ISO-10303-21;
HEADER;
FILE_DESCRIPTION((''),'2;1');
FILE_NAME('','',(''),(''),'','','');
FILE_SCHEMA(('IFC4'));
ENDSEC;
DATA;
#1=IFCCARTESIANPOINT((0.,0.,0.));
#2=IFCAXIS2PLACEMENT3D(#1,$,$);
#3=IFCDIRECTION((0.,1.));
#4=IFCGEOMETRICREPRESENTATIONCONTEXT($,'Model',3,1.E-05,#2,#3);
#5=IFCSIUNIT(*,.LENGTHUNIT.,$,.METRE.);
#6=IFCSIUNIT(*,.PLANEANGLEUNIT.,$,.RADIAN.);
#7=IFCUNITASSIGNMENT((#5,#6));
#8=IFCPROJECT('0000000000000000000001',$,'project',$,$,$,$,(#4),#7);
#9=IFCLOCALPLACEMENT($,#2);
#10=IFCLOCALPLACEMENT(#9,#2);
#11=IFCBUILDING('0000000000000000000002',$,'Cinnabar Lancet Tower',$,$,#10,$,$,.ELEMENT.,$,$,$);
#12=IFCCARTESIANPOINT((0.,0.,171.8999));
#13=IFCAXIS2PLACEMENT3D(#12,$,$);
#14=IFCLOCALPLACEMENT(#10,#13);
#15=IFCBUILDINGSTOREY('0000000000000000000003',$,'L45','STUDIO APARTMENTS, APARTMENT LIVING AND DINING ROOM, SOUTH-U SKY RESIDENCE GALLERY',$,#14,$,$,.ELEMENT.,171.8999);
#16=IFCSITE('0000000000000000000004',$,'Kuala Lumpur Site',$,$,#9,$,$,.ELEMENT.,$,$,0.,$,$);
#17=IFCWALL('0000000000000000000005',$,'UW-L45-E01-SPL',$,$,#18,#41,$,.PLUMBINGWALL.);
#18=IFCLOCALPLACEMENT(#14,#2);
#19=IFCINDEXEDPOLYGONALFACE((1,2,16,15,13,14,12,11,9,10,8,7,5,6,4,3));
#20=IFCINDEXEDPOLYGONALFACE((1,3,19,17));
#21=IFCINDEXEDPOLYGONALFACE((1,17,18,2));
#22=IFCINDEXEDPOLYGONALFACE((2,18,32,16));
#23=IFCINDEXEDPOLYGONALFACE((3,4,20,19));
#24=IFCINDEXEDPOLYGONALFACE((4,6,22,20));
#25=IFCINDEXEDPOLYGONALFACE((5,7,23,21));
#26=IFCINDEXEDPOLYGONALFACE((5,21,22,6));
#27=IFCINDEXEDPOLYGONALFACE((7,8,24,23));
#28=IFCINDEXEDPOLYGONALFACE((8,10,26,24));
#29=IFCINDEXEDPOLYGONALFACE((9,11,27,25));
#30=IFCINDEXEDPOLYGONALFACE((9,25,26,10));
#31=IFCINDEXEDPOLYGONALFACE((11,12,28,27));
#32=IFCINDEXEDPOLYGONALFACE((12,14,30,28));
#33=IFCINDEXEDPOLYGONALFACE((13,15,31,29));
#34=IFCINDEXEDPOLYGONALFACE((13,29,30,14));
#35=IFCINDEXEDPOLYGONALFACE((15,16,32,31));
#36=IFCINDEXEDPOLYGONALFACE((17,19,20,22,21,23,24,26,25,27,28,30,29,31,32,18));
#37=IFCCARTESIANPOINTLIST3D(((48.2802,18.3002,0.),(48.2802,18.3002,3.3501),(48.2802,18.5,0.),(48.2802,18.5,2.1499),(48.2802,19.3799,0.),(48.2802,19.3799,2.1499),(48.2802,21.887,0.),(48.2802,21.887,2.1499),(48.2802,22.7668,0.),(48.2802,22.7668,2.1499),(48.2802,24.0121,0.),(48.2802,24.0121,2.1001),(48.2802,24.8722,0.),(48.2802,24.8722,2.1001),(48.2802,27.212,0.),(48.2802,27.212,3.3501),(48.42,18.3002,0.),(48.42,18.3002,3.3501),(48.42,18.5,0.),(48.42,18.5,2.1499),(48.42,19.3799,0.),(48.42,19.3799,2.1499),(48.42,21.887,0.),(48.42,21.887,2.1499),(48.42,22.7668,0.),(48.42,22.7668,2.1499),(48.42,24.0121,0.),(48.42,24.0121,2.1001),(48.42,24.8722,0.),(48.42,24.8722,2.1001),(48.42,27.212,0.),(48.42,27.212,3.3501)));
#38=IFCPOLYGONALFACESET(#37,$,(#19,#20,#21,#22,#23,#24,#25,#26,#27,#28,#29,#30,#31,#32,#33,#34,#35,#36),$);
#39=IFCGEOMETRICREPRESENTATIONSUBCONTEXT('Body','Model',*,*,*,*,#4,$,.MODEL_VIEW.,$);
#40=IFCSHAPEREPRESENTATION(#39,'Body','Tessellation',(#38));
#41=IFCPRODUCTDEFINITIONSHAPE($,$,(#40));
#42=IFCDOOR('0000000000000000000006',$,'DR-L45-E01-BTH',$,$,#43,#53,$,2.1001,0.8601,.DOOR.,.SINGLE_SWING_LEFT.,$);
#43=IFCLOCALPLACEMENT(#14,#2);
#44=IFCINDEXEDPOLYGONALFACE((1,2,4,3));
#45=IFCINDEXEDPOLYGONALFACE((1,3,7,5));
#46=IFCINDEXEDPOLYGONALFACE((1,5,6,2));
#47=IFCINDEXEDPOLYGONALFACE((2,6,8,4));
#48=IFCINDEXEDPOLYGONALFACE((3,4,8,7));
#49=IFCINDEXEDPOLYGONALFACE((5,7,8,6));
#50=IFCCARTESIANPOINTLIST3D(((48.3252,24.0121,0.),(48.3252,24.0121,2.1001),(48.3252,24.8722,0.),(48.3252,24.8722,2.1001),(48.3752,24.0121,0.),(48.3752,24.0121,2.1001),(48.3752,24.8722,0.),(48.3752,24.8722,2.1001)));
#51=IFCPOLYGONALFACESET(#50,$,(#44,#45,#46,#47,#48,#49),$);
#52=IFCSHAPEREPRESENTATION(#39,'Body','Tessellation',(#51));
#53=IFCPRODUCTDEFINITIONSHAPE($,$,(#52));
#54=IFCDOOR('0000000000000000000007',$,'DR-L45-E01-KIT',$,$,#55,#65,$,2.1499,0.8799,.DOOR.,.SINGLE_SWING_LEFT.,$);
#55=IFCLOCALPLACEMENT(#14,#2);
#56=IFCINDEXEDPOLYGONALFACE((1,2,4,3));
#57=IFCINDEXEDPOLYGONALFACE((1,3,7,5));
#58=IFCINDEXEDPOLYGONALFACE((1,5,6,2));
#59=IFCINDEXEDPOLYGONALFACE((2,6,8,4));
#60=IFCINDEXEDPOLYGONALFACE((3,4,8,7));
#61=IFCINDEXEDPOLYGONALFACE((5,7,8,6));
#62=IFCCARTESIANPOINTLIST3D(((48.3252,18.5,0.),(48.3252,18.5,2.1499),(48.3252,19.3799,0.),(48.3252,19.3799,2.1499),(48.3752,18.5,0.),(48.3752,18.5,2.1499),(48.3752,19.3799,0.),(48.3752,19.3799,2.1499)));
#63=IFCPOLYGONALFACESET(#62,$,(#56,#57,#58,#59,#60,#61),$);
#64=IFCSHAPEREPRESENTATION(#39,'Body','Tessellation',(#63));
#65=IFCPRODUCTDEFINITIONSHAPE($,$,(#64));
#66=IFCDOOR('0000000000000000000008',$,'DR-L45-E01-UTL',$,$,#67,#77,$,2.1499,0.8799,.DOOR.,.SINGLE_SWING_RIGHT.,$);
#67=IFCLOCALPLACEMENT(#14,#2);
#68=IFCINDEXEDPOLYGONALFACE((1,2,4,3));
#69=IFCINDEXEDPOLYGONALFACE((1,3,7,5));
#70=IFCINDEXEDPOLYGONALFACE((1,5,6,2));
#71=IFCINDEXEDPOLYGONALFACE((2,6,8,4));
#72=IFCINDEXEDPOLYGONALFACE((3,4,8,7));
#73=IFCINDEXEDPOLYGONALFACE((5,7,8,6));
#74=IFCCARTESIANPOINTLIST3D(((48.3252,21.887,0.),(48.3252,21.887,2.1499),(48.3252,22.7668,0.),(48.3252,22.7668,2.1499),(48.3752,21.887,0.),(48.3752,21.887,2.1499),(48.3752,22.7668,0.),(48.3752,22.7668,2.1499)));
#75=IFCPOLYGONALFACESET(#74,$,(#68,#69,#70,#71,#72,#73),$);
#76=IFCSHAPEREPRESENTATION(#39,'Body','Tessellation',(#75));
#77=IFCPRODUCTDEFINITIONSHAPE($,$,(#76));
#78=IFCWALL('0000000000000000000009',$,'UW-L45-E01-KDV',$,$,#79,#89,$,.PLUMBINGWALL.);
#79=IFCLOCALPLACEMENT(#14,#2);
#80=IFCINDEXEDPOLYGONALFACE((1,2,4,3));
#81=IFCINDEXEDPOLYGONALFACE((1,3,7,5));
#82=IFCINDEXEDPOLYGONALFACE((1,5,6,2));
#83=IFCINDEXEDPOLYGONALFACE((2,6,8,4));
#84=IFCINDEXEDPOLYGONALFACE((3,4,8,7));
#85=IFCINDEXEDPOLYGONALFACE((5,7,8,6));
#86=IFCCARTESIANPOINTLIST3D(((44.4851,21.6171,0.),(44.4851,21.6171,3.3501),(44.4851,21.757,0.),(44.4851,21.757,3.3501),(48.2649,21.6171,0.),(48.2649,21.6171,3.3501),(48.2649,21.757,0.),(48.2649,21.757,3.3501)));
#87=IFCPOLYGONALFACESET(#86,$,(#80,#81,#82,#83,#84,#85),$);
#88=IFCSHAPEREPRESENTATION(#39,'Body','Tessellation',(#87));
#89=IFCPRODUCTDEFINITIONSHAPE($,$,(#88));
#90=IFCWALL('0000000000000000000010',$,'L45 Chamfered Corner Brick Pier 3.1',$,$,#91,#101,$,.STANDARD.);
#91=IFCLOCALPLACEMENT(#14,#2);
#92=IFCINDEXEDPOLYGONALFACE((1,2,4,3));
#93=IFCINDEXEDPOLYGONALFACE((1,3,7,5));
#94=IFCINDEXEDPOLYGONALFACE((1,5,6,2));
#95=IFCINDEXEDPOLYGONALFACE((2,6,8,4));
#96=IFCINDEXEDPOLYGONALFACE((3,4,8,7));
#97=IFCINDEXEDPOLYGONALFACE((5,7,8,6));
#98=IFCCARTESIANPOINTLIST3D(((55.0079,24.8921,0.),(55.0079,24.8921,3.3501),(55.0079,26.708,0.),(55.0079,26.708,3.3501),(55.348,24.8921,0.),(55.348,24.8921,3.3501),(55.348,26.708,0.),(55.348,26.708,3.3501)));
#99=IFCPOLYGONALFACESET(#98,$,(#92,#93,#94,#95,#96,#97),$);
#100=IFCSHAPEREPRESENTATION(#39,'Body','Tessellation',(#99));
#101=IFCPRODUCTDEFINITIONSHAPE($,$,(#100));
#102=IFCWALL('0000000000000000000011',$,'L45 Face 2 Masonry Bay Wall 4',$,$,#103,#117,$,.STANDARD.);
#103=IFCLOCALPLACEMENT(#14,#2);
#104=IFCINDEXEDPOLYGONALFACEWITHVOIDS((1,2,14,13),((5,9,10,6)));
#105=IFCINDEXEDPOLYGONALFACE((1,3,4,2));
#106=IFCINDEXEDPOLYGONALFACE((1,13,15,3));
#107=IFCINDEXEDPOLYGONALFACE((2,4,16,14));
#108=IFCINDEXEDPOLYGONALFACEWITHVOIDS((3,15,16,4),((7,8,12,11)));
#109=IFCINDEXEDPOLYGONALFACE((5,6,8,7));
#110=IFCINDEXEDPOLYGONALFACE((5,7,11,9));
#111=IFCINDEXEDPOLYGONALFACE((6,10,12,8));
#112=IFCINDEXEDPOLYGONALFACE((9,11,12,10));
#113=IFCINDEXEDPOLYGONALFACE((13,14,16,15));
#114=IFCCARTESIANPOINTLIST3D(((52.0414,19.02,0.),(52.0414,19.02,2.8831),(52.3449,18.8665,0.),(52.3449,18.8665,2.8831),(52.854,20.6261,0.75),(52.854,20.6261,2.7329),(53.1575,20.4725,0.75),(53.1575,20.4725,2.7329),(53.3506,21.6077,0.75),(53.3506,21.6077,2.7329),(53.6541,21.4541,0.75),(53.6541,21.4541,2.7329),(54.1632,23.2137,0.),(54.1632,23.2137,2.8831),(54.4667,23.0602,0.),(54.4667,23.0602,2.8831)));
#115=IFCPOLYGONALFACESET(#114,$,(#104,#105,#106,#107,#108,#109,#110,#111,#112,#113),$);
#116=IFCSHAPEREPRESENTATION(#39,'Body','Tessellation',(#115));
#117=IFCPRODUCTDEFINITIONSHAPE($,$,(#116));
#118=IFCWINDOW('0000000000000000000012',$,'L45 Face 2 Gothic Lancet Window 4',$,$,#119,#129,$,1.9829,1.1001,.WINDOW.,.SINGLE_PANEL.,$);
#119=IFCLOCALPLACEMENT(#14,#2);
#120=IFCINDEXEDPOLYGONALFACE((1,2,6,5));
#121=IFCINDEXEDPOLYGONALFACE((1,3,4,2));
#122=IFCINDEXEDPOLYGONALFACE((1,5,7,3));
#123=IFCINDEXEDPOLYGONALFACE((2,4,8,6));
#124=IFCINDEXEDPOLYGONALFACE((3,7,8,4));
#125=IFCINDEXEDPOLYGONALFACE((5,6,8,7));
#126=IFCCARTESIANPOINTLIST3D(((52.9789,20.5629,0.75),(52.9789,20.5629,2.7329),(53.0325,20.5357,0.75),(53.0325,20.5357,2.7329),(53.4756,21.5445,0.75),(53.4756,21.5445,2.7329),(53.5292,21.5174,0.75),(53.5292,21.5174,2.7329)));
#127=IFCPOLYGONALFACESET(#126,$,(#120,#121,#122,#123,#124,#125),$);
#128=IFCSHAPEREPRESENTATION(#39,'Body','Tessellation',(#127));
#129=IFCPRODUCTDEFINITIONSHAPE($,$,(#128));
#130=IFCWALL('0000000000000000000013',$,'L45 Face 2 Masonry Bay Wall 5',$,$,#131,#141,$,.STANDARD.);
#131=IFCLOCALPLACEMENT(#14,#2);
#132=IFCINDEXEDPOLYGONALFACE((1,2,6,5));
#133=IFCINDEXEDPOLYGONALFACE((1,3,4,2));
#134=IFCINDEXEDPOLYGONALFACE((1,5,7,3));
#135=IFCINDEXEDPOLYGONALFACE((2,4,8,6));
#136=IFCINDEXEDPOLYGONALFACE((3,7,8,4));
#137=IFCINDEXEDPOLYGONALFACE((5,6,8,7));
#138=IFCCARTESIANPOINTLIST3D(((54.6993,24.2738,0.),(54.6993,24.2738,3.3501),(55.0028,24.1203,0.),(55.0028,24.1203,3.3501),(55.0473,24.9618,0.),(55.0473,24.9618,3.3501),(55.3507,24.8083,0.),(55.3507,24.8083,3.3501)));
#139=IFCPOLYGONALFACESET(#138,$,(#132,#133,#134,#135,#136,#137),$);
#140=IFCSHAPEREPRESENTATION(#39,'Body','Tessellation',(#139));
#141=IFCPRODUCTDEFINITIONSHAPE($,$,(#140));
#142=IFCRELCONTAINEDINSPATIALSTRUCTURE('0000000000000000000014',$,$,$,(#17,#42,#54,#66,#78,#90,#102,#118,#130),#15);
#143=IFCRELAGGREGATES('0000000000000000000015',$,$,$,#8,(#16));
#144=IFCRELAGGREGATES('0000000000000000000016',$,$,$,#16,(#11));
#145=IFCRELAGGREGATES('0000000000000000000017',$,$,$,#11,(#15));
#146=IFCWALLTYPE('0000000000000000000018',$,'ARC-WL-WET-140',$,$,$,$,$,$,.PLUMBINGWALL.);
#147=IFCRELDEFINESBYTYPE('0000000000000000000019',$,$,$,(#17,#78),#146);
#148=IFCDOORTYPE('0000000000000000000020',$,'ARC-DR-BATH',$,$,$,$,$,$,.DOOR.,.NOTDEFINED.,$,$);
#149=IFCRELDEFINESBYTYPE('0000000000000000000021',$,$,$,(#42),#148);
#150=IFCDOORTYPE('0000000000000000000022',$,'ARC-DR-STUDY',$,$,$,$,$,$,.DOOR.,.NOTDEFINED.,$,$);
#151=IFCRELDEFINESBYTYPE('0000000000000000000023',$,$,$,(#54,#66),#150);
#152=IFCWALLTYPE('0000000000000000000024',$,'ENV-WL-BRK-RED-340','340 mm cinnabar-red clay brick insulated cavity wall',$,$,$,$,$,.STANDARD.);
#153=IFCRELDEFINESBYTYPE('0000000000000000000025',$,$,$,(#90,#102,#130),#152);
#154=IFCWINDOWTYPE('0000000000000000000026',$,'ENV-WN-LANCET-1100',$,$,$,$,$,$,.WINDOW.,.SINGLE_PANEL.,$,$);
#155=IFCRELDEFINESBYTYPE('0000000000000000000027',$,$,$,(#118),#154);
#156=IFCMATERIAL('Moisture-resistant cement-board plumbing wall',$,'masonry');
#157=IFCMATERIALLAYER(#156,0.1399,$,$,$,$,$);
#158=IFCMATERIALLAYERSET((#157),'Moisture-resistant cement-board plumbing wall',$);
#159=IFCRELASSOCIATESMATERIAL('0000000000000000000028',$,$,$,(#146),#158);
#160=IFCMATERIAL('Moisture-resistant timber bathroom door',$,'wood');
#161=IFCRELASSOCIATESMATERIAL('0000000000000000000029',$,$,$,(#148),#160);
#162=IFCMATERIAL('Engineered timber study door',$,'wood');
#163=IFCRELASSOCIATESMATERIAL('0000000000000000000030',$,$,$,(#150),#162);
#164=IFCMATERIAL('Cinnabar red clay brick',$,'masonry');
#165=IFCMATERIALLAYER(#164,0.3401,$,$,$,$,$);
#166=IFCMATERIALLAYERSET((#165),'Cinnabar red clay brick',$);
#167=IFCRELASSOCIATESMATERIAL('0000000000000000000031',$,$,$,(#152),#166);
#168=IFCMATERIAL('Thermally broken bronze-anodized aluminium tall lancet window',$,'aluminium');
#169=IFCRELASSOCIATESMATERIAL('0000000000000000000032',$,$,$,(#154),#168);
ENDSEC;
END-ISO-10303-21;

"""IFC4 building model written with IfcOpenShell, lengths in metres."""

from ifc_helpers import new_model, si_unit, direction, frame, frame_2d, origin, place, context, subcontext, project, spatial, rectangle, extrude, material, layer, layer_set, type_object, element, fill, save


model = new_model("IFC4")

# Units and contexts
model_context = context("Model", 3, precision=1e-05, world=origin(), true_north=direction((0.0, 1.0)))
body_context = subcontext(model_context, "Body", "Model", "MODEL_VIEW")
ifc_project = project(units=[si_unit("LENGTHUNIT", "METRE"), si_unit("PLANEANGLEUNIT", "RADIAN")], contexts=[model_context])

# Site, building, storey
site_placement = place(None, origin())
site = spatial("IfcSite", under=ifc_project, at=site_placement, Name="Kuala Lumpur Site", CompositionType="ELEMENT", RefElevation=0.0)
building_placement = place(site_placement, origin())
building = spatial("IfcBuilding", under=site, at=building_placement, Name="Cinnabar Lancet Tower", CompositionType="ELEMENT")
storey_placement = place(building_placement, frame((0.0, 0.0, 171.8999)))
storey = spatial("IfcBuildingStorey", under=building, at=storey_placement, Name="L45", Description="STUDIO APARTMENTS, APARTMENT LIVING AND DINING ROOM, SOUTH-U SKY RESIDENCE GALLERY", CompositionType="ELEMENT", Elevation=171.8999)

# Wall, openings, doors
ifc_material_1 = material(Name="Moisture-resistant cement-board plumbing wall", Category="masonry")
ifc_layer_1 = layer(ifc_material_1, 0.1399)
ifc_layer_set_1 = layer_set([ifc_layer_1], Name="Moisture-resistant cement-board plumbing wall")
wall_type_1 = type_object("IfcWallType", Name="ARC-WL-WET-140", PredefinedType="PLUMBINGWALL", material=ifc_layer_set_1)
wall_1_placement = place(storey_placement, frame((48.3501, 18.3, 0.0), z_axis=(0.0, 0.0, 1.0), x_axis=(0.0, 1.0, 0.0)))
wall_1 = element("IfcWall", 1, at=wall_1_placement, inside=storey, type_object=wall_type_1, Name="UW-L45-E01-SPL", PredefinedType="PLUMBINGWALL", context=body_context, shape_type="SweptSolid", body=[
    extrude(rectangle(XDim=8.9119, YDim=0.1399, at=frame_2d((4.4561, 0.0))), origin(), (0.0, 0.0, 1.0), 3.3501),
])
opening_1_placement = place(wall_1_placement, frame((0.2, 0.0, 0.0)))
opening_1 = element("IfcOpeningElement", 2, at=opening_1_placement, cuts=wall_1, PredefinedType="OPENING", context=body_context, shape_type="SweptSolid", body=[
    extrude(rectangle(XDim=0.8799, YDim=2.1499, at=frame_2d((0.4399, 1.075))), frame((0.0, 0.0798, 0.0), z_axis=(0.0, -1.0, 0.0), x_axis=(1.0, 0.0, 0.0)), (0.0, 0.0, 1.0), 0.1599),
])
opening_2_placement = place(wall_1_placement, frame((3.5869, 0.0, 0.0)))
opening_2 = element("IfcOpeningElement", 3, at=opening_2_placement, cuts=wall_1, PredefinedType="OPENING", context=body_context, shape_type="SweptSolid", body=[
    extrude(rectangle(XDim=0.8799, YDim=2.1499, at=frame_2d((0.4399, 1.075))), frame((0.0, 0.0798, 0.0), z_axis=(0.0, -1.0, 0.0), x_axis=(1.0, 0.0, 0.0)), (0.0, 0.0, 1.0), 0.1599),
])
opening_3_placement = place(wall_1_placement, frame((5.7119, 0.0, 0.0)))
opening_3 = element("IfcOpeningElement", 4, at=opening_3_placement, cuts=wall_1, PredefinedType="OPENING", context=body_context, shape_type="SweptSolid", body=[
    extrude(rectangle(XDim=0.8601, YDim=2.1001, at=frame_2d((0.4302, 1.05))), frame((0.0, 0.0798, 0.0), z_axis=(0.0, -1.0, 0.0), x_axis=(1.0, 0.0, 0.0)), (0.0, 0.0, 1.0), 0.1599),
])
ifc_material_2 = material(Name="Moisture-resistant timber bathroom door", Category="wood")
door_type_1 = type_object("IfcDoorType", Name="ARC-DR-BATH", OperationType="NOTDEFINED", PredefinedType="DOOR", material=ifc_material_2)
door_1_placement = place(opening_3_placement, origin())
door_1 = element("IfcDoor", 5, at=door_1_placement, inside=storey, type_object=door_type_1, Name="DR-L45-E01-BTH", OperationType="SINGLE_SWING_LEFT", OverallHeight=2.1001, OverallWidth=0.8601, PredefinedType="DOOR", context=body_context, shape_type="SweptSolid", body=[
    extrude(rectangle(XDim=0.8601, YDim=2.1001, at=frame_2d((0.4302, 1.05))), frame((0.0, 0.0249, 0.0), z_axis=(0.0, -1.0, 0.0), x_axis=(1.0, 0.0, 0.0)), (0.0, 0.0, 1.0), 0.05),
])
fill(opening_3, door_1)
ifc_material_3 = material(Name="Engineered timber study door", Category="wood")
door_type_2 = type_object("IfcDoorType", Name="ARC-DR-STUDY", OperationType="NOTDEFINED", PredefinedType="DOOR", material=ifc_material_3)
door_2_placement = place(opening_1_placement, origin())
door_2 = element("IfcDoor", 6, at=door_2_placement, inside=storey, type_object=door_type_2, Name="DR-L45-E01-KIT", OperationType="SINGLE_SWING_LEFT", OverallHeight=2.1499, OverallWidth=0.8799, PredefinedType="DOOR", context=body_context, shape_type="SweptSolid", body=[
    extrude(rectangle(XDim=0.8799, YDim=2.1499, at=frame_2d((0.4399, 1.075))), frame((0.0, 0.0249, 0.0), z_axis=(0.0, -1.0, 0.0), x_axis=(1.0, 0.0, 0.0)), (0.0, 0.0, 1.0), 0.05),
])
fill(opening_1, door_2)
door_3_placement = place(opening_2_placement, origin())
door_3 = element("IfcDoor", 7, at=door_3_placement, inside=storey, type_object=door_type_2, Name="DR-L45-E01-UTL", OperationType="SINGLE_SWING_RIGHT", OverallHeight=2.1499, OverallWidth=0.8799, PredefinedType="DOOR", context=body_context, shape_type="SweptSolid", body=[
    extrude(rectangle(XDim=0.8799, YDim=2.1499, at=frame_2d((0.4399, 1.075))), frame((0.0, 0.0249, 0.0), z_axis=(0.0, -1.0, 0.0), x_axis=(1.0, 0.0, 0.0)), (0.0, 0.0, 1.0), 0.05),
])
fill(opening_2, door_3)

# Walls
wall_2_placement = place(storey_placement, frame((44.4851, 21.687, 0.0), z_axis=(0.0, 0.0, 1.0), x_axis=(1.0, 0.0, 0.0)))
element("IfcWall", 8, at=wall_2_placement, inside=storey, type_object=wall_type_1, Name="UW-L45-E01-KDV", PredefinedType="PLUMBINGWALL", context=body_context, shape_type="SweptSolid", body=[
    extrude(rectangle(XDim=3.7798, YDim=0.1399, at=frame_2d((1.8899, 0.0))), origin(), (0.0, 0.0, 1.0), 3.3501),
])
ifc_material_4 = material(Name="Cinnabar red clay brick", Category="masonry")
ifc_layer_2 = layer(ifc_material_4, 0.3401)
ifc_layer_set_2 = layer_set([ifc_layer_2], Name="Cinnabar red clay brick")
wall_type_2 = type_object("IfcWallType", Name="ENV-WL-BRK-RED-340", Description="340 mm cinnabar-red clay brick insulated cavity wall", PredefinedType="STANDARD", material=ifc_layer_set_2)
wall_3_placement = place(storey_placement, frame((55.178, 24.8921, 0.0), z_axis=(0.0, 0.0, 1.0), x_axis=(0.0, 1.0, 0.0)))
element("IfcWall", 9, at=wall_3_placement, inside=storey, type_object=wall_type_2, Name="L45 Chamfered Corner Brick Pier 3.1", PredefinedType="STANDARD", context=body_context, shape_type="SweptSolid", body=[
    extrude(rectangle(XDim=1.8159, YDim=0.3401, at=frame_2d((0.908, 0.0))), origin(), (0.0, 0.0, 1.0), 3.3501),
])

# Wall, opening, window
wall_4_placement = place(storey_placement, frame((52.1931, 18.9431, 0.0), z_axis=(0.0, 0.0, 1.0), x_axis=(0.451447, 0.892298, 0.0)))
wall_4 = element("IfcWall", 10, at=wall_4_placement, inside=storey, type_object=wall_type_2, Name="L45 Face 2 Masonry Bay Wall 4", PredefinedType="STANDARD", context=body_context, shape_type="SweptSolid", body=[
    extrude(rectangle(XDim=4.7, YDim=0.3401, at=frame_2d((2.3501, 0.0))), origin(), (0.0, 0.0, 1.0), 2.8831),
])
opening_4_placement = place(wall_4_placement, frame((1.8, 0.0, 0.75)))
opening_4 = element("IfcOpeningElement", 11, at=opening_4_placement, cuts=wall_4, PredefinedType="OPENING", context=body_context, shape_type="SweptSolid", body=[
    extrude(rectangle(XDim=1.1001, YDim=1.9829, at=frame_2d((0.55, 0.9915))), frame((0.0, 0.1799, 0.0), z_axis=(0.0, -1.0, 0.0), x_axis=(1.0, 0.0, 0.0)), (0.0, 0.0, 1.0), 0.3601),
])
ifc_material_5 = material(Name="Thermally broken bronze-anodized aluminium tall lancet window", Category="aluminium")
window_type = type_object("IfcWindowType", Name="ENV-WN-LANCET-1100", PartitioningType="SINGLE_PANEL", PredefinedType="WINDOW", material=ifc_material_5)
window_placement = place(opening_4_placement, origin())
window = element("IfcWindow", 12, at=window_placement, inside=storey, type_object=window_type, Name="L45 Face 2 Gothic Lancet Window 4", OverallHeight=1.9829, OverallWidth=1.1001, PartitioningType="SINGLE_PANEL", PredefinedType="WINDOW", context=body_context, shape_type="SweptSolid", body=[
    extrude(rectangle(XDim=1.1001, YDim=1.9829, at=frame_2d((0.55, 0.9915))), frame((0.0, 0.03, 0.0), z_axis=(0.0, -1.0, 0.0), x_axis=(1.0, 0.0, 0.0)), (0.0, 0.0, 1.0), 0.0601),
])
fill(opening_4, window)

# Wall
wall_5_placement = place(storey_placement, frame((54.8511, 24.197, 0.0), z_axis=(0.0, 0.0, 1.0), x_axis=(0.451262, 0.892391, 0.0)))
element("IfcWall", 13, at=wall_5_placement, inside=storey, type_object=wall_type_2, Name="L45 Face 2 Masonry Bay Wall 5", PredefinedType="STANDARD", context=body_context, shape_type="SweptSolid", body=[
    extrude(rectangle(XDim=0.771, YDim=0.3401, at=frame_2d((0.3855, 0.0))), origin(), (0.0, 0.0, 1.0), 3.3501),
])

save(model, "model.ifc")
